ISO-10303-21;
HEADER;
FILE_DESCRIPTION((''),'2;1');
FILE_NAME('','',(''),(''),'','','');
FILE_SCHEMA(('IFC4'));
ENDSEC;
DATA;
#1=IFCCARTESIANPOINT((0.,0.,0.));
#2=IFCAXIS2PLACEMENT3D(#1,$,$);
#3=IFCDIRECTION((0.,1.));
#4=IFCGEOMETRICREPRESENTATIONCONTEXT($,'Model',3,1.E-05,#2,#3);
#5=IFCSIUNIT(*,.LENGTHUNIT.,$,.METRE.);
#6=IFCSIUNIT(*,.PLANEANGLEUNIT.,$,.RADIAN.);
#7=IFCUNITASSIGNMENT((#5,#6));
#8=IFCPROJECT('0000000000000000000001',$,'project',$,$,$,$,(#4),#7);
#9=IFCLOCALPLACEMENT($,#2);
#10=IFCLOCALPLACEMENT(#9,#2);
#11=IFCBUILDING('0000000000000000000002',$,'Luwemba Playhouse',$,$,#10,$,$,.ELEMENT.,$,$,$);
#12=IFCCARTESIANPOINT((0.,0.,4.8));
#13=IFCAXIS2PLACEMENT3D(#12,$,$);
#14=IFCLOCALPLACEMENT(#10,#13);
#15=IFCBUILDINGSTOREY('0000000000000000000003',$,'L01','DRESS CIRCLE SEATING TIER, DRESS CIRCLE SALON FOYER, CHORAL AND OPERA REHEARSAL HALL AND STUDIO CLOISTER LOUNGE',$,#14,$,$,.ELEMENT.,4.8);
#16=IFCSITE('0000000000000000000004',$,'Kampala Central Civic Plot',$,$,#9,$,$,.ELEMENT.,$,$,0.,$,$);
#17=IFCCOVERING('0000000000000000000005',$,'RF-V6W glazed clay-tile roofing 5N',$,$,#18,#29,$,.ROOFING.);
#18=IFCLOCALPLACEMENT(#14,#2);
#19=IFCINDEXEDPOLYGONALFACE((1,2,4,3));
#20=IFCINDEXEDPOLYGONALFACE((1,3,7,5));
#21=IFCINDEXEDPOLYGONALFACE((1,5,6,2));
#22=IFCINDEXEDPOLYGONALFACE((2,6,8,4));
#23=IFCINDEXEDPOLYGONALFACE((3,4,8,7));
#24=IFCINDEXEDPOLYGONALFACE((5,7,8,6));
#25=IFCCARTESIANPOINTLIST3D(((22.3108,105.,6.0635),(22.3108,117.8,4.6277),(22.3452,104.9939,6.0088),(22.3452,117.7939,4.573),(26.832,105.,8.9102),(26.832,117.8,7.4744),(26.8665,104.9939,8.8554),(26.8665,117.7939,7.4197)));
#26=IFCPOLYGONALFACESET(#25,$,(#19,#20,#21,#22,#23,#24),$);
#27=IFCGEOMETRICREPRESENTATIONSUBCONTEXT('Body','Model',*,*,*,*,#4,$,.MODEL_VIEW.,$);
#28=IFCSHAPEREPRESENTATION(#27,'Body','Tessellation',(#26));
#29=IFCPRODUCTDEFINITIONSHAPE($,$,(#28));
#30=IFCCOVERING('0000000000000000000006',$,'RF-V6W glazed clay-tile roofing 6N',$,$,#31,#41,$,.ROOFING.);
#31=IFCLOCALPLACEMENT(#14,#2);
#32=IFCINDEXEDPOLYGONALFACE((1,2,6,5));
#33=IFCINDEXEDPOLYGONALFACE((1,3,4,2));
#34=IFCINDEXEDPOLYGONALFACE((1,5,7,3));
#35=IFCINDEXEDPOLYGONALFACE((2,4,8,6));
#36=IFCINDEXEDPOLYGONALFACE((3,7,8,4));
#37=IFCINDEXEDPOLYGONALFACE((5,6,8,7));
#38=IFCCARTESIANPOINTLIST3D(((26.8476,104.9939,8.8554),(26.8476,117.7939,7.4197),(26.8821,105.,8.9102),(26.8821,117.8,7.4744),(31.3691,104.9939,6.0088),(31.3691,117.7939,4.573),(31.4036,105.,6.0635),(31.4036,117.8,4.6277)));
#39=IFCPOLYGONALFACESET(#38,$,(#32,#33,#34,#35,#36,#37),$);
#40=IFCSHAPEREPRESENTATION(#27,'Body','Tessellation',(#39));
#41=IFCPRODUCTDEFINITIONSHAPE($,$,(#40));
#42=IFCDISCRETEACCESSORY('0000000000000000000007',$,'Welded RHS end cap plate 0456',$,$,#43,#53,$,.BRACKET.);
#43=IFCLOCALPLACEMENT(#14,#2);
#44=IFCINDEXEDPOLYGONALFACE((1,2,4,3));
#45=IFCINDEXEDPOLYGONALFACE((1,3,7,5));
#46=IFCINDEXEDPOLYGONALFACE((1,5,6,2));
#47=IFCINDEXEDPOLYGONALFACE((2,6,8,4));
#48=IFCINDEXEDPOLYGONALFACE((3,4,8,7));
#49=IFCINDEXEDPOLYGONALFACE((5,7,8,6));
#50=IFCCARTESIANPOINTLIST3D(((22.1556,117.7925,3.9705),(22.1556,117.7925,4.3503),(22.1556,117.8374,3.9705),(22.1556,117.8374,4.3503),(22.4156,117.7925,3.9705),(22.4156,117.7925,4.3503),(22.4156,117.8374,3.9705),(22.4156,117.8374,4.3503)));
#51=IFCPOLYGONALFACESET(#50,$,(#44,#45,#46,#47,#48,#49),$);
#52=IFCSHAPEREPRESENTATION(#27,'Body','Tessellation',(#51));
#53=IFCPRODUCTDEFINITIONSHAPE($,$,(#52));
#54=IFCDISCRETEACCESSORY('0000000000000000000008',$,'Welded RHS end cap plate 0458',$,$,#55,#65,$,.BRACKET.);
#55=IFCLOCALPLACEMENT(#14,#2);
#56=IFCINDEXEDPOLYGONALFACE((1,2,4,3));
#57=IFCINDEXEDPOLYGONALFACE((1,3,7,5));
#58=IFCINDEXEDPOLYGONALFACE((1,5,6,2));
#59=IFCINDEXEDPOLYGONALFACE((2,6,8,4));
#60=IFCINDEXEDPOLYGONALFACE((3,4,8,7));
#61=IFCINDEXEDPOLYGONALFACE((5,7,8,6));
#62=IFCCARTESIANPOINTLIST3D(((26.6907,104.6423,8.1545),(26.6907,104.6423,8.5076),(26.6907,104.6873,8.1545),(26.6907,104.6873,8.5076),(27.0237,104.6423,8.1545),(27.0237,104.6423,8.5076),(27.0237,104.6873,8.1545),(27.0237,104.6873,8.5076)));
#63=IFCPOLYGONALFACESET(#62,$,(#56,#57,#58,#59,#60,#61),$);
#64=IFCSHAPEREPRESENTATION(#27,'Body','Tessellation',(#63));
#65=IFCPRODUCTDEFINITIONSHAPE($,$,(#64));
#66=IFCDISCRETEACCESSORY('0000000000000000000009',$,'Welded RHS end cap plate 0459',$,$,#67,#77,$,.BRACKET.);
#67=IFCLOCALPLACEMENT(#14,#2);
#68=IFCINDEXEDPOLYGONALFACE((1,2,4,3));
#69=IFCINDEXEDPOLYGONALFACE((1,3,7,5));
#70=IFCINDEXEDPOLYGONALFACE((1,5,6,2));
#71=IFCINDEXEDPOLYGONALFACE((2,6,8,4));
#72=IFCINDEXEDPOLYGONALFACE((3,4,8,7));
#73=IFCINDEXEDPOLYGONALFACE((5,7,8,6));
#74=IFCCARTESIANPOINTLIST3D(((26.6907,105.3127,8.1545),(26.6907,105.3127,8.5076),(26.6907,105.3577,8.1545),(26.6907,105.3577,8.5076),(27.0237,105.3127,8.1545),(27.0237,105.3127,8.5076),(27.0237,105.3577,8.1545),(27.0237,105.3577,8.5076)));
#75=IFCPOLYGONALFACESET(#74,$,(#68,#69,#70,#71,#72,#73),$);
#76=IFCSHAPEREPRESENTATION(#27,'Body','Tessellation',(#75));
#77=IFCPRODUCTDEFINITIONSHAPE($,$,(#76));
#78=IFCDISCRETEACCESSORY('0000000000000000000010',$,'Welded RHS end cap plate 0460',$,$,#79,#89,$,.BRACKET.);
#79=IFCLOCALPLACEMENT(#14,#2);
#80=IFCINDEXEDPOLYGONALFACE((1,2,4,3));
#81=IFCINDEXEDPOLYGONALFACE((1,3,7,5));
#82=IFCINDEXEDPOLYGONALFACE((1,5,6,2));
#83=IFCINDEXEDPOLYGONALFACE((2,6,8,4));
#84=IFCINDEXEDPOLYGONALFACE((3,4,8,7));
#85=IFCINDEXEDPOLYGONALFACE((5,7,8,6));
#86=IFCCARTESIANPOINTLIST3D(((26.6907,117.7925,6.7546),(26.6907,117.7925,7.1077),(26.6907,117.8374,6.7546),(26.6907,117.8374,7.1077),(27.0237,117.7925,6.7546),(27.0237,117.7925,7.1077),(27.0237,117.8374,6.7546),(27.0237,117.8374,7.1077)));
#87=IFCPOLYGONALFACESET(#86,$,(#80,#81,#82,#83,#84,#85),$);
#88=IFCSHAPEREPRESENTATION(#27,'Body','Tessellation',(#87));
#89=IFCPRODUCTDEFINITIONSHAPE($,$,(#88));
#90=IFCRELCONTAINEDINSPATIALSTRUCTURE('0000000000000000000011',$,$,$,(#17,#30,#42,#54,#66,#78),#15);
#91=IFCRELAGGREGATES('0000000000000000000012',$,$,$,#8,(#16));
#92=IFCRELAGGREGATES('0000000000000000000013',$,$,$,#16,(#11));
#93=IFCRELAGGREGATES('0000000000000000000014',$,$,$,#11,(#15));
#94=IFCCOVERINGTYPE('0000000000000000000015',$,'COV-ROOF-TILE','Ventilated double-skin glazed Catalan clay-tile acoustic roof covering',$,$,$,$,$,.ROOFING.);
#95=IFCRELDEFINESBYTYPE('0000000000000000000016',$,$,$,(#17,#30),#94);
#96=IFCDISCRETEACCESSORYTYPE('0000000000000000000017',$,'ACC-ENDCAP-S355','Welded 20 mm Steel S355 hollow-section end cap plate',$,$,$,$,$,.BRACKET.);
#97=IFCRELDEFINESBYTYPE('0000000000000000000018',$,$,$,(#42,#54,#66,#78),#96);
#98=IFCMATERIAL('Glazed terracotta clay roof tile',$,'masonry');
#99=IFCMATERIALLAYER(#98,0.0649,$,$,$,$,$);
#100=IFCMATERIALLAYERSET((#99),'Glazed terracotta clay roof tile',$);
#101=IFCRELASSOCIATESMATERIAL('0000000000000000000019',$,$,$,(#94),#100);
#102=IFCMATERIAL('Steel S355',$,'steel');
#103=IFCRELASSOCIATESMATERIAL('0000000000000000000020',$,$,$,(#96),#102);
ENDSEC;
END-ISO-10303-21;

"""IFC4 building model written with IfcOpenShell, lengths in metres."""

from ifc_helpers import new_model, si_unit, direction, frame, origin, origin_2d, place, context, subcontext, project, spatial, polyline, rectangle, outline, extrude, material, layer, layer_set, type_object, element, save


model = new_model("IFC4")

# Units and contexts
model_context = context("Model", 3, precision=1e-05, world=origin(), true_north=direction((0.0, 1.0)))
body_context = subcontext(model_context, "Body", "Model", "MODEL_VIEW")
ifc_project = project(units=[si_unit("LENGTHUNIT", "METRE"), si_unit("PLANEANGLEUNIT", "RADIAN")], contexts=[model_context])

# Site, building, storey
site_placement = place(None, origin())
site = spatial("IfcSite", under=ifc_project, at=site_placement, Name="Kampala Central Civic Plot", CompositionType="ELEMENT", RefElevation=0.0)
building_placement = place(site_placement, origin())
building = spatial("IfcBuilding", under=site, at=building_placement, Name="Luwemba Playhouse", CompositionType="ELEMENT")
storey_placement = place(building_placement, frame((0.0, 0.0, 4.8)))
storey = spatial("IfcBuildingStorey", under=building, at=storey_placement, Name="L01", Description="DRESS CIRCLE SEATING TIER, DRESS CIRCLE SALON FOYER, CHORAL AND OPERA REHEARSAL HALL AND STUDIO CLOISTER LOUNGE", CompositionType="ELEMENT", Elevation=4.8)

# Shared definitions
ifc_material_1 = material(Name="Steel S355", Category="steel")

# Coverings
ifc_material_2 = material(Name="Glazed terracotta clay roof tile", Category="masonry")
ifc_layer_1 = layer(ifc_material_2, 0.0649)
ifc_layer_set_1 = layer_set([ifc_layer_1], Name="Glazed terracotta clay roof tile")
covering_type = type_object("IfcCoveringType", Name="COV-ROOF-TILE", Description="Ventilated double-skin glazed Catalan clay-tile acoustic roof covering", PredefinedType="ROOFING", material=ifc_layer_set_1)
covering_1_placement = place(storey_placement, frame((22.3108, 105.0, 6.0635), z_axis=(-0.530425, 0.094498, 0.842448), x_axis=(0.846235, 0.0, 0.53281)))
element("IfcCovering", 1, at=covering_1_placement, inside=storey, type_object=covering_type, Name="RF-V6W glazed clay-tile roofing 5N", PredefinedType="ROOFING", context=body_context, shape_type="SweptSolid", body=[
    extrude(outline(polyline([(0.0, 0.0), (5.3428, 0.0), (4.5778, 12.8576), (-0.765, 12.8576), (0.0, 0.0)])), origin(), (0.0, 0.0, -1.0), 0.0649),
])
covering_2_placement = place(storey_placement, frame((26.8821, 105.0, 8.9102), z_axis=(0.530405, 0.094499, 0.842461), x_axis=(0.846248, 0.0, -0.532789)))
element("IfcCovering", 2, at=covering_2_placement, inside=storey, type_object=covering_type, Name="RF-V6W glazed clay-tile roofing 6N", PredefinedType="ROOFING", context=body_context, shape_type="SweptSolid", body=[
    extrude(outline(polyline([(0.0, 0.0), (5.343, 0.0), (6.108, 12.8576), (0.765, 12.8576), (0.0, 0.0)])), origin(), (0.0, 0.0, -1.0), 0.0649),
])

# Discrete accessories
discrete_accessory_type = type_object("IfcDiscreteAccessoryType", Name="ACC-ENDCAP-S355", Description="Welded 20 mm Steel S355 hollow-section end cap plate", PredefinedType="BRACKET", material=ifc_material_1)
discrete_accessory_placement = place(storey_placement, frame((22.2856, 117.8149, 3.9705), z_axis=(0.0, 0.0, 1.0), x_axis=(1.0, 0.0, 0.0)))
element("IfcDiscreteAccessory", 3, at=discrete_accessory_placement, inside=storey, type_object=discrete_accessory_type, Name="Welded RHS end cap plate 0456", PredefinedType="BRACKET", context=body_context, shape_type="SweptSolid", body=[
    extrude(rectangle(XDim=0.26, YDim=0.0449, at=origin_2d()), origin(), (0.0, 0.0, 1.0), 0.3799),
])
for number, where, z_axis, x_axis, name in (
    (4, (26.8572, 104.6648, 8.1545), (0.0, 0.0, 1.0), (1.0, 0.0, 0.0), "Welded RHS end cap plate 0458"),
    (5, (26.8572, 105.3352, 8.1545), (0.0, 0.0, 1.0), (1.0, 0.0, 0.0), "Welded RHS end cap plate 0459"),
    (6, (26.8572, 117.8149, 6.7546), (0.0, 0.0, 1.0), (1.0, 0.0, 0.0), "Welded RHS end cap plate 0460"),
):
    element("IfcDiscreteAccessory", number, at=place(storey_placement, frame(where, z_axis=z_axis, x_axis=x_axis)), inside=storey, type_object=discrete_accessory_type, Name=name, PredefinedType="BRACKET", context=body_context, shape_type="SweptSolid", body=[
        extrude(rectangle(XDim=0.333, YDim=0.0449, at=origin_2d()), origin(), (0.0, 0.0, 1.0), 0.353),
    ])

save(model, "model.ifc")
